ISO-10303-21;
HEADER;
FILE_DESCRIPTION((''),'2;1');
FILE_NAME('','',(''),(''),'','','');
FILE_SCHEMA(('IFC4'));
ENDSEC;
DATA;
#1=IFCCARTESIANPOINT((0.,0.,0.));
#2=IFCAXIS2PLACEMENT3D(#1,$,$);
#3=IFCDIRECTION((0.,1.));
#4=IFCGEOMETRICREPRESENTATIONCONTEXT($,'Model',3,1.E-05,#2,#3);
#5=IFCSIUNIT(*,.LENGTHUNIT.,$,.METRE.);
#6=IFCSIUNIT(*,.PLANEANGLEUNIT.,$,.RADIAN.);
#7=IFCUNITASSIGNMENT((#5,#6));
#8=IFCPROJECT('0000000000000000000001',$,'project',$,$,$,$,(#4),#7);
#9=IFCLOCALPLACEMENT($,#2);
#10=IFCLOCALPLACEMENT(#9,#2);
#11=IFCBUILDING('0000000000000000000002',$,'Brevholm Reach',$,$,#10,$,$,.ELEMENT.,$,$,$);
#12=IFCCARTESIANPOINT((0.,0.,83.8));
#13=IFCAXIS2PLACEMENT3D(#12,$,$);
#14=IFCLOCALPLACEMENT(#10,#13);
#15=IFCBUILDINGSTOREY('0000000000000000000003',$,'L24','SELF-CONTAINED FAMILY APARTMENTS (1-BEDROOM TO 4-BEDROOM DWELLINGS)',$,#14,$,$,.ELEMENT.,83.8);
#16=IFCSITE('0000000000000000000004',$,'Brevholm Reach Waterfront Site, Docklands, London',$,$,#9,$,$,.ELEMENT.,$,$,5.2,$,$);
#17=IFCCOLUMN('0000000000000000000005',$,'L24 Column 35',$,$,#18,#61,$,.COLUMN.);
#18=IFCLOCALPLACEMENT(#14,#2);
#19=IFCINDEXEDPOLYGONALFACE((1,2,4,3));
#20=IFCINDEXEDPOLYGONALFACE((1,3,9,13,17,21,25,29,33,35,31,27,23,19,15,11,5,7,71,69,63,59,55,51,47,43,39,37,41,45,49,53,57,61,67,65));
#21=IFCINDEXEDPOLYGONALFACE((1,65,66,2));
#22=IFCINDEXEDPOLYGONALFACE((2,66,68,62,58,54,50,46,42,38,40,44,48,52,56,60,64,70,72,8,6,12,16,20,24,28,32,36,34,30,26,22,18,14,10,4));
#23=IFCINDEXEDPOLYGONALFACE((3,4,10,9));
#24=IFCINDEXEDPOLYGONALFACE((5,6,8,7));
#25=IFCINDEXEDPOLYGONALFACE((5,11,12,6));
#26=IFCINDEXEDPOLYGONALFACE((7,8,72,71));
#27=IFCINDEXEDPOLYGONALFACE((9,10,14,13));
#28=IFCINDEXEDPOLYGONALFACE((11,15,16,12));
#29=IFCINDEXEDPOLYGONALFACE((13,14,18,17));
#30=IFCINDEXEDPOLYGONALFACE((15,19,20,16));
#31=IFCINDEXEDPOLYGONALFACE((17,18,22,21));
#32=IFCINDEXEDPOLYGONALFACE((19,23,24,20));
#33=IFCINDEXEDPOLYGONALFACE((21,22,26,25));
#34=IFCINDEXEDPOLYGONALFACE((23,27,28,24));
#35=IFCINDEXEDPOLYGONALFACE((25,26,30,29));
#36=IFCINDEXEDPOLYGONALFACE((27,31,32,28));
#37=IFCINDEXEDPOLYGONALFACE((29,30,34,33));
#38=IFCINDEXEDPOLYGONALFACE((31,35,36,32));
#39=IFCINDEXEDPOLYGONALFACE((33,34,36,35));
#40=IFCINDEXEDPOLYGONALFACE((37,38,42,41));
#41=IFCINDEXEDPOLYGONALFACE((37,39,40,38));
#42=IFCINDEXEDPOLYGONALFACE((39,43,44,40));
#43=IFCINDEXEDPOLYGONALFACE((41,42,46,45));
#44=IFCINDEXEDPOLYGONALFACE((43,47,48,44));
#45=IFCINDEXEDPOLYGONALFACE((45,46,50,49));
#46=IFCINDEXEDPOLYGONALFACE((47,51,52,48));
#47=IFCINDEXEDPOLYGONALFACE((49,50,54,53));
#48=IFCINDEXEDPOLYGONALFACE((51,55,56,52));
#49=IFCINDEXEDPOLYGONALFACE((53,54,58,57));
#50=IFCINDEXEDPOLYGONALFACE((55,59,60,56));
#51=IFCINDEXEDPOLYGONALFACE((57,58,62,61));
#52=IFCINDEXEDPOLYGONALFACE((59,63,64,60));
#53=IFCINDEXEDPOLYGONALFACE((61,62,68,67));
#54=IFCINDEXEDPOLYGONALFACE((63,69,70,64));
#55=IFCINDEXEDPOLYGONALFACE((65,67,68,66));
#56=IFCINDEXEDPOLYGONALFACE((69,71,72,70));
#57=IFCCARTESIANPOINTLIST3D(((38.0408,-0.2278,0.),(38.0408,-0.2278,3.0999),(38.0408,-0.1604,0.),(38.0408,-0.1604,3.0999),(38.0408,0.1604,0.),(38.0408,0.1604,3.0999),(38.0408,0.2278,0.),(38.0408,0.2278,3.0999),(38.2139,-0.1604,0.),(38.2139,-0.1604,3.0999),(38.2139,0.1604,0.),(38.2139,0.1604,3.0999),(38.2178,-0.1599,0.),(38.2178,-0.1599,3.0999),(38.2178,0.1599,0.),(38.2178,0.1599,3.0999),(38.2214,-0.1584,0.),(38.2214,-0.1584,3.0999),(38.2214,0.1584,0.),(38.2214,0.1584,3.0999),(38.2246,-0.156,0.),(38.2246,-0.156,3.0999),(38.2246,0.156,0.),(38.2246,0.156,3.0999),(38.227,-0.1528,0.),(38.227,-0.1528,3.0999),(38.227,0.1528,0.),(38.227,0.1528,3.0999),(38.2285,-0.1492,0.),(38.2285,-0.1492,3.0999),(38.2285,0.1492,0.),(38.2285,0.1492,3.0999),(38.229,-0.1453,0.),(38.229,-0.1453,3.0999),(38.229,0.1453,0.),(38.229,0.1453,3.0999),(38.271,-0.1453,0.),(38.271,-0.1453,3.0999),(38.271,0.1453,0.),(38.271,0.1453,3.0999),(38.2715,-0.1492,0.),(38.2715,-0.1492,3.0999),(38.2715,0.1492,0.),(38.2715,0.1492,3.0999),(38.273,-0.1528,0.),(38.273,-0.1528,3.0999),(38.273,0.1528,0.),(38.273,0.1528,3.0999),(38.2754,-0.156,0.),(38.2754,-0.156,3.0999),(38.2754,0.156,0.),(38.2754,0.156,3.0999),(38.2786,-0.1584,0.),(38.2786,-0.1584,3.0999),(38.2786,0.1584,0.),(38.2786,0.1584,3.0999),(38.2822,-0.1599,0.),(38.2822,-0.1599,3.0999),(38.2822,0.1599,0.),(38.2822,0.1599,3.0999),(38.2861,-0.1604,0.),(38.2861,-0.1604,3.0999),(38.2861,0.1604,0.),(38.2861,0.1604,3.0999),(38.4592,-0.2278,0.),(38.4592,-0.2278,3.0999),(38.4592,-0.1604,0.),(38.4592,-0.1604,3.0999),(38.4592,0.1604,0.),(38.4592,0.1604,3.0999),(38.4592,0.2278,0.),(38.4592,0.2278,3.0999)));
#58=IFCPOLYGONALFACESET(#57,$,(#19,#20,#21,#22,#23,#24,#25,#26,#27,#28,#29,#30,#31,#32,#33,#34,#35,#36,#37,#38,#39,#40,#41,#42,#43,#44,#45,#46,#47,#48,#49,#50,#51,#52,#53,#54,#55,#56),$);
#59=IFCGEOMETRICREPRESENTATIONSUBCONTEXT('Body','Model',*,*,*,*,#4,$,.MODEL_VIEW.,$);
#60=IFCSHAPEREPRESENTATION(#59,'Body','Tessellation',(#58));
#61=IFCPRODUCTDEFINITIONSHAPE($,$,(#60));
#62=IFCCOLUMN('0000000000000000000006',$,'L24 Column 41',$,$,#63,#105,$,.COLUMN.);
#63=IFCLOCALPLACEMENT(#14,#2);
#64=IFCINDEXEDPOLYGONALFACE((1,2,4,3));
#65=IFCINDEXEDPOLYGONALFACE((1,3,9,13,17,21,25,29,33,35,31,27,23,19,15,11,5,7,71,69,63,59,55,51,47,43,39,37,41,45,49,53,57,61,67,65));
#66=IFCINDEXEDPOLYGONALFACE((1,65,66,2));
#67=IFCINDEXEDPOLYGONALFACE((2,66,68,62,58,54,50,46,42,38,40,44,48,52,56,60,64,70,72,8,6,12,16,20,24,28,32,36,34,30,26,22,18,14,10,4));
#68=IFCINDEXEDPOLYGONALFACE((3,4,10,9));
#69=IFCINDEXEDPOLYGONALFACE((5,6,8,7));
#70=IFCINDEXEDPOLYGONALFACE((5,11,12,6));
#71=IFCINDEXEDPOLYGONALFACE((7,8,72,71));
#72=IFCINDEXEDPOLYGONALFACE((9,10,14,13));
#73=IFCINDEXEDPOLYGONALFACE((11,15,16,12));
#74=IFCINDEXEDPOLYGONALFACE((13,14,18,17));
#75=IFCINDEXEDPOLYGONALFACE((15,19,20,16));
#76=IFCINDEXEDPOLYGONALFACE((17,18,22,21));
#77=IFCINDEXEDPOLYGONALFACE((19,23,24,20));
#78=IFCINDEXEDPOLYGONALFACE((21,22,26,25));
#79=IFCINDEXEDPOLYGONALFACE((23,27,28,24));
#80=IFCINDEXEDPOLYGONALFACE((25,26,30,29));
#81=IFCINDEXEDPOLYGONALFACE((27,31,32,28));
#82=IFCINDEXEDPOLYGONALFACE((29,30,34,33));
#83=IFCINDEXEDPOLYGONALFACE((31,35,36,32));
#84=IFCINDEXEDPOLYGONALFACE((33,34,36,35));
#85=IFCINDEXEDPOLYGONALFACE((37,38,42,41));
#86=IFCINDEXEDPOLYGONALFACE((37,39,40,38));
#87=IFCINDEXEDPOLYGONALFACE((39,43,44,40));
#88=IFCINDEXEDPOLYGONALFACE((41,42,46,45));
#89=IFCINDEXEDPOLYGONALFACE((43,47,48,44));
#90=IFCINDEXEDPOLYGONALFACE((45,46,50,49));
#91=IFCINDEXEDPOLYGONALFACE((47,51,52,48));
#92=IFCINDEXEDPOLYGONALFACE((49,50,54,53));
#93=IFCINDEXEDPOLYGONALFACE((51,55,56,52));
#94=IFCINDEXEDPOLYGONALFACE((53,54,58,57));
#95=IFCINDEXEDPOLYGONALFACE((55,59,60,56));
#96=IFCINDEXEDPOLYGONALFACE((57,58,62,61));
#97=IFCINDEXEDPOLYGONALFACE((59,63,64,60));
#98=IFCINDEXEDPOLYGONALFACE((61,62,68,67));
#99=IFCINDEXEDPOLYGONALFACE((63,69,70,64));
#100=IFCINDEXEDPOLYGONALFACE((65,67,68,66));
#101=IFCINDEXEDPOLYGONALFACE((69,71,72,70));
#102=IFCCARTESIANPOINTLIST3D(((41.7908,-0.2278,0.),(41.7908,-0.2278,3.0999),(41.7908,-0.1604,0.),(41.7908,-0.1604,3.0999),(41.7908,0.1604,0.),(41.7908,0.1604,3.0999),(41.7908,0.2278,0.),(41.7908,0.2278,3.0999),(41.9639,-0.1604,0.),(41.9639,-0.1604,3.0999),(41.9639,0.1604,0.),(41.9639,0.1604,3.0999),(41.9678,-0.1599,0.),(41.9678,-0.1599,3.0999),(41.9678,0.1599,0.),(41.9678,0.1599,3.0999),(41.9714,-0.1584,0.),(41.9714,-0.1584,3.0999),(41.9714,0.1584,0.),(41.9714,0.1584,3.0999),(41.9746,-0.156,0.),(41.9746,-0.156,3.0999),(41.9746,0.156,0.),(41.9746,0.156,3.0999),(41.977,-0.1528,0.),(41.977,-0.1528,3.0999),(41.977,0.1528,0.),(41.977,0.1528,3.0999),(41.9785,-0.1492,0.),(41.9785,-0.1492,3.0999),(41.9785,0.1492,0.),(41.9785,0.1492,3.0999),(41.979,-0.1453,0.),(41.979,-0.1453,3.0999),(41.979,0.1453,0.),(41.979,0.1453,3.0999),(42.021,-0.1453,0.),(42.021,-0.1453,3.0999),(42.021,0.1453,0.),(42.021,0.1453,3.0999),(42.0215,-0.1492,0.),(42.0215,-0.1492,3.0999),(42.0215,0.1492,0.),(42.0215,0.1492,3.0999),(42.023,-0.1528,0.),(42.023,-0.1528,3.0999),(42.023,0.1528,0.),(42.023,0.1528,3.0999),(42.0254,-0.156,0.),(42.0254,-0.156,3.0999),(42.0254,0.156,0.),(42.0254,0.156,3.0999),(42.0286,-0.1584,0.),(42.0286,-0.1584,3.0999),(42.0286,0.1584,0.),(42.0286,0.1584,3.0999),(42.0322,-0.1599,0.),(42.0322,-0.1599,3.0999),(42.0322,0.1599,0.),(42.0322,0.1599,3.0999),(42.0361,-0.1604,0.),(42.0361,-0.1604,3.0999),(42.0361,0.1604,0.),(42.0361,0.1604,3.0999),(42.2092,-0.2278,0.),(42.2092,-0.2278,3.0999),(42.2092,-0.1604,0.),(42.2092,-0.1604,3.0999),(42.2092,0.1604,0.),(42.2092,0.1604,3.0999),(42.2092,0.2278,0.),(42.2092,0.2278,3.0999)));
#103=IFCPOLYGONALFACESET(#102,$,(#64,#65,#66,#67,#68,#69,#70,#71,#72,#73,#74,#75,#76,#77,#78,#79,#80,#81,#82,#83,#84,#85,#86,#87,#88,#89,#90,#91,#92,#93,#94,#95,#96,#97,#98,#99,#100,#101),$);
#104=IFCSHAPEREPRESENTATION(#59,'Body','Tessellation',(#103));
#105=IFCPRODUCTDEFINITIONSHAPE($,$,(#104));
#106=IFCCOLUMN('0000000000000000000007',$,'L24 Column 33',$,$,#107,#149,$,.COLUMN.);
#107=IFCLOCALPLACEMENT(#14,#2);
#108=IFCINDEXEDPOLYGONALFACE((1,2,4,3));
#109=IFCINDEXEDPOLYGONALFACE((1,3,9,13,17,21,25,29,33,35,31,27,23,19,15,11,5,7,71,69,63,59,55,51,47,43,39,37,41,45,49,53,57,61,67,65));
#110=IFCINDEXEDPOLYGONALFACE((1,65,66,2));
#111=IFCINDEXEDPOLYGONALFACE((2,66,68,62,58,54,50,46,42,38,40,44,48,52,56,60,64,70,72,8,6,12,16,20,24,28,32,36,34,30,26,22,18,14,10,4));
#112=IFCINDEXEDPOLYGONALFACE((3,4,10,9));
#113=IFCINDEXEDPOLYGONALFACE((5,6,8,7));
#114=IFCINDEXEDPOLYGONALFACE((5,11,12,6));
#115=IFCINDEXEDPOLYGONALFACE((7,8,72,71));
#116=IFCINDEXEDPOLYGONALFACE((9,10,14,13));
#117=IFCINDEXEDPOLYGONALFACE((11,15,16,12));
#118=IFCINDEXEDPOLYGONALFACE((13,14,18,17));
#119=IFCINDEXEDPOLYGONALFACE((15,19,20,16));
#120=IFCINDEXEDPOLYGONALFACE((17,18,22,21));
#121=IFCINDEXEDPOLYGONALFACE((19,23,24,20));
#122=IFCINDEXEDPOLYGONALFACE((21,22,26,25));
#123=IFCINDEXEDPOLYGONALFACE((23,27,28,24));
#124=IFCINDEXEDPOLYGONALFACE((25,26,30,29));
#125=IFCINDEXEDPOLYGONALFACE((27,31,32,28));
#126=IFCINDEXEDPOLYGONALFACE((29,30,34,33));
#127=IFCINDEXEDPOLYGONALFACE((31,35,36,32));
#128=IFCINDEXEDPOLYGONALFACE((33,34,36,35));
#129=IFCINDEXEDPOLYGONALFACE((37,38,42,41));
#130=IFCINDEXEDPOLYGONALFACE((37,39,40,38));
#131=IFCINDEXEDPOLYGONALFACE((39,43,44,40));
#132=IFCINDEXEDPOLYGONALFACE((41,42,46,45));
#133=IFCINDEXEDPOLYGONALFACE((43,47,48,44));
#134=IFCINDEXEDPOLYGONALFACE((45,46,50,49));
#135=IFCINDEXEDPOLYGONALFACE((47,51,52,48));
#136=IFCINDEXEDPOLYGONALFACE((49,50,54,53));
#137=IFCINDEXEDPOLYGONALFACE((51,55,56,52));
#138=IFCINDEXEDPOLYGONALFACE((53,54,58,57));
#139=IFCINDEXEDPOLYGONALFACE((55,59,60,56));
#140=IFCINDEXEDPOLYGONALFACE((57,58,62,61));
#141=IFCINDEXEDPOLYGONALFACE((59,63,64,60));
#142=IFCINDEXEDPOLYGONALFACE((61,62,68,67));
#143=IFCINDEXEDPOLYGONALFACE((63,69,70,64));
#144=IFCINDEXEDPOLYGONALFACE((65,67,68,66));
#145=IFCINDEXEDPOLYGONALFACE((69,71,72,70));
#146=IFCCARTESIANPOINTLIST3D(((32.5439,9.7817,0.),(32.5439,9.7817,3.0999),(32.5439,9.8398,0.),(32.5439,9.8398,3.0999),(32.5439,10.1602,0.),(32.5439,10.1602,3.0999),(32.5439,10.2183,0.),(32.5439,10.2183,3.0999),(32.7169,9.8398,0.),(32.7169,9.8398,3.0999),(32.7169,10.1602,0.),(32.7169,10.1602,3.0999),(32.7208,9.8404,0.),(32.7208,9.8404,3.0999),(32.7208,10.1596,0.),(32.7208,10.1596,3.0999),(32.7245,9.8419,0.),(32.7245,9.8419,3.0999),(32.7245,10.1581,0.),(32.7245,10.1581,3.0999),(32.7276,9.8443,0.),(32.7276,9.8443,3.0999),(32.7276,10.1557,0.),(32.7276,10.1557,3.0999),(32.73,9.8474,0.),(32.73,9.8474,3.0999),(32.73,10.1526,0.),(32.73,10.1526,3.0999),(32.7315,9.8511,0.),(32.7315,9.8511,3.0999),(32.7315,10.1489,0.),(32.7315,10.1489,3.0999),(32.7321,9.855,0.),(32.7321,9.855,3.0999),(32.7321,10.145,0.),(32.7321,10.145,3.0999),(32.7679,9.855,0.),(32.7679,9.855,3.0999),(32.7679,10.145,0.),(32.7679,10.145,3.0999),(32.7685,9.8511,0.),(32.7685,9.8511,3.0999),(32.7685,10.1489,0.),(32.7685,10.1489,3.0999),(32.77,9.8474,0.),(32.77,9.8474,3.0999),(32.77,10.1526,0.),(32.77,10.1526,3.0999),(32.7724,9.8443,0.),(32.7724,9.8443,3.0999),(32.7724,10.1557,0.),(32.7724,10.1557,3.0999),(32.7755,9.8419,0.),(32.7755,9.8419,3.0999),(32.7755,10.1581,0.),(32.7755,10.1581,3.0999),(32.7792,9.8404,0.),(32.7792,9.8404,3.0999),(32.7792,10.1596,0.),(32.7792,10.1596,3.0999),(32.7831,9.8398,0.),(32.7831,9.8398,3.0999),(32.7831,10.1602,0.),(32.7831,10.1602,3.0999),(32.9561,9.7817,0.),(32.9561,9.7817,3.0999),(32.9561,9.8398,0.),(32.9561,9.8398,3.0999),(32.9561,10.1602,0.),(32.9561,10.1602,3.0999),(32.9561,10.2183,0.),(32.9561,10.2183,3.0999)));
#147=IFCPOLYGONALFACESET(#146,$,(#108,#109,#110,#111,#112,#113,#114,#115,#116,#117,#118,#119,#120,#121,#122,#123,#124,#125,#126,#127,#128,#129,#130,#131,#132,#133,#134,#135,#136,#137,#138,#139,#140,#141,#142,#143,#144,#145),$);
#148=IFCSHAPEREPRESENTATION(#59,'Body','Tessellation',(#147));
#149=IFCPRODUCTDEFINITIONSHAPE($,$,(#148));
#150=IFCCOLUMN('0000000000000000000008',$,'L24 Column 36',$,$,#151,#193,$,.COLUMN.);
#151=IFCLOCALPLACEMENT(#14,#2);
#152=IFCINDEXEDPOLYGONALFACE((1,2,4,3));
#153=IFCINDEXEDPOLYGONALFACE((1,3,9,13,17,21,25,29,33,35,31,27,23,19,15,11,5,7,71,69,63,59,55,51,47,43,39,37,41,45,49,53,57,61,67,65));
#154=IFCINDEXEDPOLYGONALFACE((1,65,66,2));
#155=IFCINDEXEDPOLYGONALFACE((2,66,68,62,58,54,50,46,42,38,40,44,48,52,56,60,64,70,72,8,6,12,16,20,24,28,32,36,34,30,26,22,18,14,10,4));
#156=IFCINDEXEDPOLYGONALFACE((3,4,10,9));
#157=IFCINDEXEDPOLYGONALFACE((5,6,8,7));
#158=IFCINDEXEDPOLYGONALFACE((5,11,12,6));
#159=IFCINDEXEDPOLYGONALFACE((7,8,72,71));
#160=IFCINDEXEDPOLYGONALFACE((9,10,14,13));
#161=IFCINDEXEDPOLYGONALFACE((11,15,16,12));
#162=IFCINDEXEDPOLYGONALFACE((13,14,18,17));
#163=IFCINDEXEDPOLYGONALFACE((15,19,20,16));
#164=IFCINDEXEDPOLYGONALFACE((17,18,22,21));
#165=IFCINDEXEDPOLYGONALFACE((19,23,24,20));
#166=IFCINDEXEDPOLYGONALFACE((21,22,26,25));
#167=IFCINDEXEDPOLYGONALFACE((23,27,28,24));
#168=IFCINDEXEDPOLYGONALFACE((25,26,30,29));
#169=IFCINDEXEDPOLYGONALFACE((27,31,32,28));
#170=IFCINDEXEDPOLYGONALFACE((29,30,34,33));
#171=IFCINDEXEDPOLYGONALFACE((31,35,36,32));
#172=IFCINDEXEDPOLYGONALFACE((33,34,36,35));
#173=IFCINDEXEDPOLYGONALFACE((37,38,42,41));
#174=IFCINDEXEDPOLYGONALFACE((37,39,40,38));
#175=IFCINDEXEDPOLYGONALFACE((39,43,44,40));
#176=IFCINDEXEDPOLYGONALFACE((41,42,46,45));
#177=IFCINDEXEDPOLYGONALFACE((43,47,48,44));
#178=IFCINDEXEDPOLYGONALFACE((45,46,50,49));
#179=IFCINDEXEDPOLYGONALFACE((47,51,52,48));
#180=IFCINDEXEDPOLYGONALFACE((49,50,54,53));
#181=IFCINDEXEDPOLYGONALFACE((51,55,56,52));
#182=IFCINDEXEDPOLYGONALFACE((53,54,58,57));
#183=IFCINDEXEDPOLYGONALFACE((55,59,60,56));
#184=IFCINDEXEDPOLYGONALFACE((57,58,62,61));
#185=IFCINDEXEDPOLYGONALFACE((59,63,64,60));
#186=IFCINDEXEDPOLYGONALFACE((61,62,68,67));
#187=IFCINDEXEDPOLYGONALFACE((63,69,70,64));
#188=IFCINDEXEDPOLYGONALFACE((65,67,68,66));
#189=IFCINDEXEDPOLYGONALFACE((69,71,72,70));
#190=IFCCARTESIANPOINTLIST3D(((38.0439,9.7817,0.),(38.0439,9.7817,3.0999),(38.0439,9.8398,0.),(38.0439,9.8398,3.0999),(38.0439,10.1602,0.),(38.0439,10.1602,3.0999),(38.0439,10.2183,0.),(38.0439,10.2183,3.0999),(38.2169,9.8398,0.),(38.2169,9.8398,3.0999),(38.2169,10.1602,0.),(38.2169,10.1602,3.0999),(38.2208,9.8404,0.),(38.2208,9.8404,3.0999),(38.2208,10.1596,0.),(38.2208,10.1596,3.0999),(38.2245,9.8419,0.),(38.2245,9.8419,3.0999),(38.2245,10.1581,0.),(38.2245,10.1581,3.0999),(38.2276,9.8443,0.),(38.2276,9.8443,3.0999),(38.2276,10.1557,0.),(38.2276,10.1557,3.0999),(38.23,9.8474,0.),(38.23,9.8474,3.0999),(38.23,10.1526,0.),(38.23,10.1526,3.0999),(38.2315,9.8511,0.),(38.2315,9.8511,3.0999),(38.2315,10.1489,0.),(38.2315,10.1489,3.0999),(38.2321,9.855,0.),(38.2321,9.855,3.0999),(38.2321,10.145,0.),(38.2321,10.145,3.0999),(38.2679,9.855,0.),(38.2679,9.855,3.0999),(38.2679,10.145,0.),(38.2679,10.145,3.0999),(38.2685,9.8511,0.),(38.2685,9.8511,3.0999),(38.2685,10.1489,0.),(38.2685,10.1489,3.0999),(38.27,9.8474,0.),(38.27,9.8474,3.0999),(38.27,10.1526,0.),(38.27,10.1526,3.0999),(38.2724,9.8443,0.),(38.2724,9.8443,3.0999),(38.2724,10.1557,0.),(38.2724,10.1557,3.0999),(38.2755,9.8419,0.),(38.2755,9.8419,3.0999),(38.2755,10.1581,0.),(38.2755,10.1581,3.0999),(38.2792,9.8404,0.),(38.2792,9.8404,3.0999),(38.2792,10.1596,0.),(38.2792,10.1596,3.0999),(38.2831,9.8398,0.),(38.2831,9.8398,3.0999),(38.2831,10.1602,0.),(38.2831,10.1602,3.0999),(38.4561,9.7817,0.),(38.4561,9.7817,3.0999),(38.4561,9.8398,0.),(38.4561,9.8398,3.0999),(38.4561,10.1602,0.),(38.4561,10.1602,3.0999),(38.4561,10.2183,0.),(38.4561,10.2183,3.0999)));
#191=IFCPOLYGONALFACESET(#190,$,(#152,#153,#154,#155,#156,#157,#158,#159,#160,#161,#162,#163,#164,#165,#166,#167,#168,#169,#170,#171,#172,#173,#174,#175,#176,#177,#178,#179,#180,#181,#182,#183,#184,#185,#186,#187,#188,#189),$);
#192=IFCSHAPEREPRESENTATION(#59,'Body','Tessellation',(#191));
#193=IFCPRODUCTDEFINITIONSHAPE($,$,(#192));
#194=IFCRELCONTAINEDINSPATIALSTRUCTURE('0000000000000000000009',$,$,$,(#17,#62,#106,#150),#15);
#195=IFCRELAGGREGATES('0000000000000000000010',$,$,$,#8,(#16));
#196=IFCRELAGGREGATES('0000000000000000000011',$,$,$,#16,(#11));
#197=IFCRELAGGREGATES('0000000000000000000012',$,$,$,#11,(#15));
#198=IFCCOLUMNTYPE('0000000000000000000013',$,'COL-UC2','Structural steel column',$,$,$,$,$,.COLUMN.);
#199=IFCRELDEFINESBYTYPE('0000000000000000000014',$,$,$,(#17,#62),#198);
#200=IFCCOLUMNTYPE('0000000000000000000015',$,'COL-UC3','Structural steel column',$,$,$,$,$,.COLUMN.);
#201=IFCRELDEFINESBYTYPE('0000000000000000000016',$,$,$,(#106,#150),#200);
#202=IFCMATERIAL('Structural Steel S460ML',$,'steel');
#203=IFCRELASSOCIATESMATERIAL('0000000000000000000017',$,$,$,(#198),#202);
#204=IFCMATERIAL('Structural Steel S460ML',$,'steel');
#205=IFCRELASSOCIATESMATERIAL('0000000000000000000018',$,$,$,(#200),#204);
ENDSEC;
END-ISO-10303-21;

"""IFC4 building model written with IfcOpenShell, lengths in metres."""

from ifc_helpers import new_model, si_unit, direction, frame, origin, origin_2d, place, context, subcontext, project, spatial, i_section, extrude, material, material_profile, profile_set, type_object, element, save


model = new_model("IFC4")

# Units and contexts
model_context = context("Model", 3, precision=1e-05, world=origin(), true_north=direction((0.0, 1.0)))
body_context = subcontext(model_context, "Body", "Model", "MODEL_VIEW")
ifc_project = project(units=[si_unit("LENGTHUNIT", "METRE"), si_unit("PLANEANGLEUNIT", "RADIAN")], contexts=[model_context])

# Site, building, storey
site_placement = place(None, origin())
site = spatial("IfcSite", under=ifc_project, at=site_placement, Name="Brevholm Reach Waterfront Site, Docklands, London", CompositionType="ELEMENT", RefElevation=5.2)
building_placement = place(site_placement, origin())
building = spatial("IfcBuilding", under=site, at=building_placement, Name="Brevholm Reach", CompositionType="ELEMENT")
storey_placement = place(building_placement, frame((0.0, 0.0, 83.8)))
storey = spatial("IfcBuildingStorey", under=building, at=storey_placement, Name="L24", Description="SELF-CONTAINED FAMILY APARTMENTS (1-BEDROOM TO 4-BEDROOM DWELLINGS)", CompositionType="ELEMENT", Elevation=83.8)

# Columns
ifc_material_1 = material(Name="Structural Steel S460ML", Category="steel")
ifc_material_profile_1 = material_profile(ifc_material_1, i_section(OverallWidth=0.4185, OverallDepth=0.4556, WebThickness=0.042, FlangeThickness=0.0674, FilletRadius=0.0151, at=origin_2d()), Name="UKC 356x406x551")
ifc_profile_set_1 = profile_set([ifc_material_profile_1], Name="Structural Steel S460ML")
column_type_1 = type_object("IfcColumnType", Name="COL-UC2", Description="Structural steel column", PredefinedType="COLUMN", material=ifc_profile_set_1)
for number, where, z_axis, x_axis, name in (
    (1, (38.25, 0.0, 0.0), (0.0, 0.0, 1.0), (1.0, 0.0, 0.0), "L24 Column 35"),
    (2, (42.0, 0.0, 0.0), (0.0, 0.0, 1.0), (1.0, 0.0, 0.0), "L24 Column 41"),
):
    element("IfcColumn", number, at=place(storey_placement, frame(where, z_axis=z_axis, x_axis=x_axis)), inside=storey, type_object=column_type_1, Name=name, PredefinedType="COLUMN", context=body_context, shape_type="SweptSolid", body=[
        extrude(i_section(OverallWidth=0.4185, OverallDepth=0.4556, WebThickness=0.042, FlangeThickness=0.0674, FilletRadius=0.0151, at=origin_2d()), origin(), (0.0, 0.0, 1.0), 3.0999),
    ])
ifc_material_2 = material(Name="Structural Steel S460ML", Category="steel")
ifc_material_profile_2 = material_profile(ifc_material_2, i_section(OverallWidth=0.4121, OverallDepth=0.4365, WebThickness=0.0359, FlangeThickness=0.0581, FilletRadius=0.0151, at=origin_2d()), Name="UKC 356x406x467")
ifc_profile_set_2 = profile_set([ifc_material_profile_2], Name="Structural Steel S460ML")
column_type_2 = type_object("IfcColumnType", Name="COL-UC3", Description="Structural steel column", PredefinedType="COLUMN", material=ifc_profile_set_2)
for number, where, z_axis, x_axis, name in (
    (3, (32.75, 10.0, 0.0), (0.0, 0.0, 1.0), (1.0, 0.0, 0.0), "L24 Column 33"),
    (4, (38.25, 10.0, 0.0), (0.0, 0.0, 1.0), (1.0, 0.0, 0.0), "L24 Column 36"),
):
    element("IfcColumn", number, at=place(storey_placement, frame(where, z_axis=z_axis, x_axis=x_axis)), inside=storey, type_object=column_type_2, Name=name, PredefinedType="COLUMN", context=body_context, shape_type="SweptSolid", body=[
        extrude(i_section(OverallWidth=0.4121, OverallDepth=0.4365, WebThickness=0.0359, FlangeThickness=0.0581, FilletRadius=0.0151, at=origin_2d()), origin(), (0.0, 0.0, 1.0), 3.0999),
    ])

save(model, "model.ifc")
